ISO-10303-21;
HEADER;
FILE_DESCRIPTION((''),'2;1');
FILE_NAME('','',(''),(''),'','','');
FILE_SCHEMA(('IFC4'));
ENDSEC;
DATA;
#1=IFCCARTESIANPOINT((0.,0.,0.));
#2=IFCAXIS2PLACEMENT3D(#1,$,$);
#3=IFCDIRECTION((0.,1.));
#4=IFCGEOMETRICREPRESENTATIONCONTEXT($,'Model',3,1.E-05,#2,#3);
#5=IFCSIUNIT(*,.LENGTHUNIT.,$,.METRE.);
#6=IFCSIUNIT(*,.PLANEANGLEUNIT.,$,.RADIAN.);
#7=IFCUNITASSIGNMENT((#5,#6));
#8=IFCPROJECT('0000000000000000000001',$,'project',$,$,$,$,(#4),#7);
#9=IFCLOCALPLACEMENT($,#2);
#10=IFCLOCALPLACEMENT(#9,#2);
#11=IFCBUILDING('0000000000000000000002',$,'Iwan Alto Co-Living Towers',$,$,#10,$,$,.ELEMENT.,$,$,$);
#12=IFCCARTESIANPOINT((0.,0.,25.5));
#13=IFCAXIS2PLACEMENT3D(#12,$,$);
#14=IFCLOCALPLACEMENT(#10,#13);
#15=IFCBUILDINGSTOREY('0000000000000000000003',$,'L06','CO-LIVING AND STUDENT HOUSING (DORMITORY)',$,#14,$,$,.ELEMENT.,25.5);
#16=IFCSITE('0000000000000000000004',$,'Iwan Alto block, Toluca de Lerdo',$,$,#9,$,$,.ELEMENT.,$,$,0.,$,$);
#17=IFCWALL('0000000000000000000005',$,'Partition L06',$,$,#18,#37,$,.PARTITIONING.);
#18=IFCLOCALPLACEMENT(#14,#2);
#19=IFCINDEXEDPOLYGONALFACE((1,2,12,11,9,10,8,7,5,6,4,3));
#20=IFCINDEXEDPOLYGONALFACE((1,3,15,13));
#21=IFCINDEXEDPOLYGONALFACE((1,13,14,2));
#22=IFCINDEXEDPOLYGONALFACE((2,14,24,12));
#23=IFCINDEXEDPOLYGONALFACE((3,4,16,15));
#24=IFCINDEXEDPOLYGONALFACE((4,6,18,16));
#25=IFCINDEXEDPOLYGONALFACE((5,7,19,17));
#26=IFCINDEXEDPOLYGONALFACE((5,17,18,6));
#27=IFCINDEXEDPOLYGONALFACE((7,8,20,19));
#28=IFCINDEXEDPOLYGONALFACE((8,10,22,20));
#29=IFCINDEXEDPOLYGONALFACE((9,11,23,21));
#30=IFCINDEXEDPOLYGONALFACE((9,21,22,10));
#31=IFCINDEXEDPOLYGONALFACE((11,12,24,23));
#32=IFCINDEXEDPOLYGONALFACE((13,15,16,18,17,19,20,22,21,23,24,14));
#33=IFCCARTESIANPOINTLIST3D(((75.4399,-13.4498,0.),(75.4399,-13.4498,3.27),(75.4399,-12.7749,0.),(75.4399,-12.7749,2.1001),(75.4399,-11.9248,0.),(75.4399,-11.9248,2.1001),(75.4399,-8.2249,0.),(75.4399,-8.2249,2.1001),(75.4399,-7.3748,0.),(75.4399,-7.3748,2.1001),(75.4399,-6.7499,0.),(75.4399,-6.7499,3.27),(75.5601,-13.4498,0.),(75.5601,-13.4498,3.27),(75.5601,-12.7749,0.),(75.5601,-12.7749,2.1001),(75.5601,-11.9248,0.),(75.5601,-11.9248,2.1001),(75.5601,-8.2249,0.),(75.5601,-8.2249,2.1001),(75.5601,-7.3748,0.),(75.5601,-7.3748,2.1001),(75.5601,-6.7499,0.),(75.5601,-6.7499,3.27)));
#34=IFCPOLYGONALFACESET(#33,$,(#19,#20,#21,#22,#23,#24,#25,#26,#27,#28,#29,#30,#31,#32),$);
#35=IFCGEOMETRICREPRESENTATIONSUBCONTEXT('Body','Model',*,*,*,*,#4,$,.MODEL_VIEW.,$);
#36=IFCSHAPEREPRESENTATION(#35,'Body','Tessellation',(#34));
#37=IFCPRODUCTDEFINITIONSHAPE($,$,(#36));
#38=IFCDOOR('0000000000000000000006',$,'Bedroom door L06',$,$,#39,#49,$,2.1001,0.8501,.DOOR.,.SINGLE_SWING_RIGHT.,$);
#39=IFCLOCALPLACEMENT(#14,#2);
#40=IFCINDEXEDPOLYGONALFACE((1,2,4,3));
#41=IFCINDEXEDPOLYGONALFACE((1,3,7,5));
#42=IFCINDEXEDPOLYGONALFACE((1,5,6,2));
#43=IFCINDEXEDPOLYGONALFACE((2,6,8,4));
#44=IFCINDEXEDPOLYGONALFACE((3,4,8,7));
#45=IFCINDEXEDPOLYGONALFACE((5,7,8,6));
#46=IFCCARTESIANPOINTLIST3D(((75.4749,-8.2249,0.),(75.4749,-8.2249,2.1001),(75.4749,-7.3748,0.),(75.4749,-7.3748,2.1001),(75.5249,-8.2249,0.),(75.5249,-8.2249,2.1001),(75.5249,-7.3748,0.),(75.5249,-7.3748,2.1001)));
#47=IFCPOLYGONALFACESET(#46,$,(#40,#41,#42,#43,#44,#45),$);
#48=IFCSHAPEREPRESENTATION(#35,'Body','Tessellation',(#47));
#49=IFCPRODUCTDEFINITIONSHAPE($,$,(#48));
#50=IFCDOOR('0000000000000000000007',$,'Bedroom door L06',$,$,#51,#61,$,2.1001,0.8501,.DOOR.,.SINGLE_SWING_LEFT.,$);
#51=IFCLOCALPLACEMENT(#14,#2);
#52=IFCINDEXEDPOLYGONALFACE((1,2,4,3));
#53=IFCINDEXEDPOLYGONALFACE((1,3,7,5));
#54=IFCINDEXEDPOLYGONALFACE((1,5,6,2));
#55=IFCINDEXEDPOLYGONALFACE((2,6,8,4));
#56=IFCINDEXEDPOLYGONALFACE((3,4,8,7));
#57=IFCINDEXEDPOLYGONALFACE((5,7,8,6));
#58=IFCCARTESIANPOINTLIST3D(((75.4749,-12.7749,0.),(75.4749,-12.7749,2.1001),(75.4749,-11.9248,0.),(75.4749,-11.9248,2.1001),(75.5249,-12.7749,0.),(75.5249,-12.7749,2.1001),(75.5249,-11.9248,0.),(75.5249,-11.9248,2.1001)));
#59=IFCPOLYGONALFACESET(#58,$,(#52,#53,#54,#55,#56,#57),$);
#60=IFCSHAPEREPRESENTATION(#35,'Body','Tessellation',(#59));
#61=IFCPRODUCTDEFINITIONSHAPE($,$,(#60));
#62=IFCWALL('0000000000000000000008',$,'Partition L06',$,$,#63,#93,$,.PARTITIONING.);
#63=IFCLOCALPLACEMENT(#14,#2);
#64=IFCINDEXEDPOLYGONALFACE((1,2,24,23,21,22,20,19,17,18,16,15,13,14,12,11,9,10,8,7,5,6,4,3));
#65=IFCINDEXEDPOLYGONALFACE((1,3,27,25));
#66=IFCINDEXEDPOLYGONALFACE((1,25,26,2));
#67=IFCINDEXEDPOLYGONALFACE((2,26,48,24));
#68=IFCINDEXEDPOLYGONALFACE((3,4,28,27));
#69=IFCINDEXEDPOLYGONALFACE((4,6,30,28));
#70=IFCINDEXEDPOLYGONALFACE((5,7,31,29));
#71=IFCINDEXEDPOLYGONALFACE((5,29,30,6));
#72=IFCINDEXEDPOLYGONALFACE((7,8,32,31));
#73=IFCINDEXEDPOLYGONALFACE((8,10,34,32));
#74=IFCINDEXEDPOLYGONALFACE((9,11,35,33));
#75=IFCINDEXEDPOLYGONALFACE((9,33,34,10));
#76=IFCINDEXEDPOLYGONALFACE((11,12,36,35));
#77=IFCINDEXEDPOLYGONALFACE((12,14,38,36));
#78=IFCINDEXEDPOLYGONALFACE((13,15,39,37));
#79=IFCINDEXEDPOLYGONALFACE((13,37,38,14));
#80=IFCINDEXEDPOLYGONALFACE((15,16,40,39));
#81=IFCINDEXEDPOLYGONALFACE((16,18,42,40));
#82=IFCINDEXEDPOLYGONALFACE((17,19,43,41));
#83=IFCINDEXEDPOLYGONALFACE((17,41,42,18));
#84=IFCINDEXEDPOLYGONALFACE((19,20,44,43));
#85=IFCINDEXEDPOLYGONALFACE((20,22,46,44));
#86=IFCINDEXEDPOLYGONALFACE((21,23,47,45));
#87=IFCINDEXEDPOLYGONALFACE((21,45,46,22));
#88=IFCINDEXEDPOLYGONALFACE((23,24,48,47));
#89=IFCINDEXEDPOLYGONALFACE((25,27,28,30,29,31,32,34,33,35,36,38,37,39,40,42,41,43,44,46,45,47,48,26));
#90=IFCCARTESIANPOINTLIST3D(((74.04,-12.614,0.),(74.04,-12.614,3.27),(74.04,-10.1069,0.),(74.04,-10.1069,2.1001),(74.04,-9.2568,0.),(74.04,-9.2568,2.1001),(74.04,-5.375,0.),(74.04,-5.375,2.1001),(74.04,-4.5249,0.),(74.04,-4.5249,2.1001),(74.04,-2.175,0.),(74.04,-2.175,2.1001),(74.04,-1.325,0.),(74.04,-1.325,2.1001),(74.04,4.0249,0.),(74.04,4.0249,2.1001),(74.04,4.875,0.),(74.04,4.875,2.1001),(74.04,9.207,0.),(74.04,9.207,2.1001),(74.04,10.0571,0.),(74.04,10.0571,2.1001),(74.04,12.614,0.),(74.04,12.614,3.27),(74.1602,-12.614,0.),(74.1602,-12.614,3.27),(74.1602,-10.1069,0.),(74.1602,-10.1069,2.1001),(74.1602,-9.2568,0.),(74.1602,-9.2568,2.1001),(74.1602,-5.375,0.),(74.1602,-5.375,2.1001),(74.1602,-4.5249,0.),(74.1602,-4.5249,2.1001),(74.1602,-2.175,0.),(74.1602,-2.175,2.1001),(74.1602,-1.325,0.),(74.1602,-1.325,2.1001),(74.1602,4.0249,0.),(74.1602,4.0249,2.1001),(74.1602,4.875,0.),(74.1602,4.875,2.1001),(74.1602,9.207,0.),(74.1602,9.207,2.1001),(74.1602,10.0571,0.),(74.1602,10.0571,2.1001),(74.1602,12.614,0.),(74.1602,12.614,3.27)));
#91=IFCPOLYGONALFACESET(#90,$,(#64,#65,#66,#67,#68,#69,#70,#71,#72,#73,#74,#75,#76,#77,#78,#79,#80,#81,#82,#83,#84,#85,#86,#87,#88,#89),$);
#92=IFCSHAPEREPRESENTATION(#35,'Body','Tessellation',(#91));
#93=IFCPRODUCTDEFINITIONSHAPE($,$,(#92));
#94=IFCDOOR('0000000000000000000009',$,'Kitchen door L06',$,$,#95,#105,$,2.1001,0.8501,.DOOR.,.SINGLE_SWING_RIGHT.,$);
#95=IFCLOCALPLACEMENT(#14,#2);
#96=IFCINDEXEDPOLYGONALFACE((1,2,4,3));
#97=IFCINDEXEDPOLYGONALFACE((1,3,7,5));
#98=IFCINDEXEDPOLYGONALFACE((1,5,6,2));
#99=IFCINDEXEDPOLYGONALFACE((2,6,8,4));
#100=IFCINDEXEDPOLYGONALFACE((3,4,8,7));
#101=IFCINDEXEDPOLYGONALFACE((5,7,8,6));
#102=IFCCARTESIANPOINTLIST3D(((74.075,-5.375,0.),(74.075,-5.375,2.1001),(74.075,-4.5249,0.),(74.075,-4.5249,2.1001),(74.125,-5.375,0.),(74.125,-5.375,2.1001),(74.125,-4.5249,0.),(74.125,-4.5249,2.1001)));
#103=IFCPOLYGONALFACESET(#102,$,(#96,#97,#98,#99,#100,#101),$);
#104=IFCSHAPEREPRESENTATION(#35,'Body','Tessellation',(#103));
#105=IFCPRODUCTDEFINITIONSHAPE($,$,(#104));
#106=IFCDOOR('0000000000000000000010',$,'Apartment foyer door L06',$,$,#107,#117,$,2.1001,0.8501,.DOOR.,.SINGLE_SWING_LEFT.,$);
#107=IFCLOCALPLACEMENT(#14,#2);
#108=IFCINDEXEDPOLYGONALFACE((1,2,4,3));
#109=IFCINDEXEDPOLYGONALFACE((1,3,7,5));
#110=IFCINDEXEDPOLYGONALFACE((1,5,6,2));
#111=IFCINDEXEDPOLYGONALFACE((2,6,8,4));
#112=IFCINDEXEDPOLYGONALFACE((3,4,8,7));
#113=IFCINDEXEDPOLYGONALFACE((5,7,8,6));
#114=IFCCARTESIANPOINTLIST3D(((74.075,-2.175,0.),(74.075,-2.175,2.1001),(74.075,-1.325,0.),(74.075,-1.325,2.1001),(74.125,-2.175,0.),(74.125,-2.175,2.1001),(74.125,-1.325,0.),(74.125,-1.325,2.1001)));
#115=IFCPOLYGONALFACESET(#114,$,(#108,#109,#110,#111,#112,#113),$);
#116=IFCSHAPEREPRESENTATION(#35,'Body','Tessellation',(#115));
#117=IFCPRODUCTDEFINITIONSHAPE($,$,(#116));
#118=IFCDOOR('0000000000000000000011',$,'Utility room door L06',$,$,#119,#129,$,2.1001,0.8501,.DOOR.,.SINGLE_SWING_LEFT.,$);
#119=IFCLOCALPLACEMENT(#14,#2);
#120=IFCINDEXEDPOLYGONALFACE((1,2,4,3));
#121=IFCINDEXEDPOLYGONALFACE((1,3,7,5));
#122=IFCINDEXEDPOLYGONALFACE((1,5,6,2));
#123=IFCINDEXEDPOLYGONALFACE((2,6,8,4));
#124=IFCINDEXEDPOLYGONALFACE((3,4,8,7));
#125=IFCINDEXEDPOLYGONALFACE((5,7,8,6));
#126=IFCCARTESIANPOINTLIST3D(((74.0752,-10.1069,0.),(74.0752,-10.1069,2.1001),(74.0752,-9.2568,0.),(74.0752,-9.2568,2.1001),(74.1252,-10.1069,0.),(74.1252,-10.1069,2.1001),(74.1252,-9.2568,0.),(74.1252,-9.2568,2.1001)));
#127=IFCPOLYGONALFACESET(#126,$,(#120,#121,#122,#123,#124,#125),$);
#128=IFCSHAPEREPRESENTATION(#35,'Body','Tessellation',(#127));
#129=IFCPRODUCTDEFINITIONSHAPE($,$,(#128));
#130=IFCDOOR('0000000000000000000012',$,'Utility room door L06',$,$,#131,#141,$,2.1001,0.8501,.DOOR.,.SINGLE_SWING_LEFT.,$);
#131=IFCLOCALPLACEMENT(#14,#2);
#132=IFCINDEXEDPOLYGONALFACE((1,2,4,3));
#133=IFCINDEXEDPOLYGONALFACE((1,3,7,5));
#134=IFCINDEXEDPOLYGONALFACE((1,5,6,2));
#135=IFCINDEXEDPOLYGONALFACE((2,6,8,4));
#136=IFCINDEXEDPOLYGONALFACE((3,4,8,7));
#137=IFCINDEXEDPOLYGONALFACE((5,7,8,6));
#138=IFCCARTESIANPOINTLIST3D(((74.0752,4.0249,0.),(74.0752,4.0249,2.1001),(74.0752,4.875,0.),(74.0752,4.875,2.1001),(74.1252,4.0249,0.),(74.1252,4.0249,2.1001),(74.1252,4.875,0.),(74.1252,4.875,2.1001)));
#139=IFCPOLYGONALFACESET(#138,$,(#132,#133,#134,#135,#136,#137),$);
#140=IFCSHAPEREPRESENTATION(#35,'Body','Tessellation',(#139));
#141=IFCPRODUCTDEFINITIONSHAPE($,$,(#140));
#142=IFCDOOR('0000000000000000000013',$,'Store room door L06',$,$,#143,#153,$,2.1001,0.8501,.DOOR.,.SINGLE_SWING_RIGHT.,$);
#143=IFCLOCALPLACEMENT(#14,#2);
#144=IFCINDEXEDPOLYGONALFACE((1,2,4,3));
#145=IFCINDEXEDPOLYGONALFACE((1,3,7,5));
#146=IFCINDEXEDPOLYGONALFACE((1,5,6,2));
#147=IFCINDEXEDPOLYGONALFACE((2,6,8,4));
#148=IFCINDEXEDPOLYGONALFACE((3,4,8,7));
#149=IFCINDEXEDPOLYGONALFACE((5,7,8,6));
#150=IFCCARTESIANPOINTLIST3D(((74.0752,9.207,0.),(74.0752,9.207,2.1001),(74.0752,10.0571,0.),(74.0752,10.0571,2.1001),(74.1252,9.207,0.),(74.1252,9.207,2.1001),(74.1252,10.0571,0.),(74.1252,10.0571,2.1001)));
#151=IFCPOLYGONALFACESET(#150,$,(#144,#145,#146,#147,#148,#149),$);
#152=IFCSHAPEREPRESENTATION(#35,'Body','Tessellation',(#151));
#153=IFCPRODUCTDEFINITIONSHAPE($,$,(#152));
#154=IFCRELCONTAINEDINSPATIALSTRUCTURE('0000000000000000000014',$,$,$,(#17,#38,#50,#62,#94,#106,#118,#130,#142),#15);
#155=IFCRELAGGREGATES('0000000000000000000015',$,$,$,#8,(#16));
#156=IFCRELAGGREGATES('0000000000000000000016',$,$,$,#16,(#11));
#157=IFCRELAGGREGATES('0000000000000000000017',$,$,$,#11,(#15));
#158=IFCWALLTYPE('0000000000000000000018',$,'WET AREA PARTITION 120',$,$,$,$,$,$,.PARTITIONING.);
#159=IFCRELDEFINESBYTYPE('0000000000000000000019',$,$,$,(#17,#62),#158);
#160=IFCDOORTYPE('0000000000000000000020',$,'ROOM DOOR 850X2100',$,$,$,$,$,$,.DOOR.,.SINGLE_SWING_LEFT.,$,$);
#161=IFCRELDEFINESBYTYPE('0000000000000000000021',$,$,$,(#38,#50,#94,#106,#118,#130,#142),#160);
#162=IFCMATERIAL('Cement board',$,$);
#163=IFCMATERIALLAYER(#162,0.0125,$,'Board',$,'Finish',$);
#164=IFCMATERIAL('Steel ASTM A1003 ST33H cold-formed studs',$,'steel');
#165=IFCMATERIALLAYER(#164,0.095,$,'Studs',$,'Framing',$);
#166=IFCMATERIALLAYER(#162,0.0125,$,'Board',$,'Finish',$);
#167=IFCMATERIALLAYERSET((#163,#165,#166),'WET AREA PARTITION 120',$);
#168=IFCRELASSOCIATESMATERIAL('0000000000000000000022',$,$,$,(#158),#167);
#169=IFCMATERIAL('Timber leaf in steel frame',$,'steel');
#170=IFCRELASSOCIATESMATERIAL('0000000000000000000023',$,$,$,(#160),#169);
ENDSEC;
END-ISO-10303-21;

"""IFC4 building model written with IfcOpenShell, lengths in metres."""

from ifc_helpers import new_model, si_unit, direction, frame, frame_2d, origin, place, context, subcontext, project, spatial, rectangle, extrude, material, layer, layer_set, type_object, element, fill, save


model = new_model("IFC4")

# Units and contexts
model_context = context("Model", 3, precision=1e-05, world=origin(), true_north=direction((0.0, 1.0)))
body_context = subcontext(model_context, "Body", "Model", "MODEL_VIEW")
ifc_project = project(units=[si_unit("LENGTHUNIT", "METRE"), si_unit("PLANEANGLEUNIT", "RADIAN")], contexts=[model_context])

# Site, building, storey
site_placement = place(None, origin())
site = spatial("IfcSite", under=ifc_project, at=site_placement, Name="Iwan Alto block, Toluca de Lerdo", CompositionType="ELEMENT", RefElevation=0.0)
building_placement = place(site_placement, origin())
building = spatial("IfcBuilding", under=site, at=building_placement, Name="Iwan Alto Co-Living Towers", CompositionType="ELEMENT")
storey_placement = place(building_placement, frame((0.0, 0.0, 25.5)))
storey = spatial("IfcBuildingStorey", under=building, at=storey_placement, Name="L06", Description="CO-LIVING AND STUDENT HOUSING (DORMITORY)", CompositionType="ELEMENT", Elevation=25.5)

# Shared definitions
ifc_material_1 = material(Name="Steel ASTM A1003 ST33H cold-formed studs", Category="steel")
ifc_material_2 = material(Name="Cement board")
ifc_layer_1 = layer(ifc_material_2, 0.0125, Name="Board", Category="Finish")
ifc_layer_2 = layer(ifc_material_1, 0.095, Name="Studs", Category="Framing")
ifc_layer_3 = layer(ifc_material_2, 0.0125, Name="Board", Category="Finish")
ifc_layer_set_1 = layer_set([ifc_layer_1, ifc_layer_2, ifc_layer_3], Name="WET AREA PARTITION 120")
wall_type_1 = type_object("IfcWallType", Name="WET AREA PARTITION 120", PredefinedType="PARTITIONING", material=ifc_layer_set_1)

# Shared definitions
ifc_material_3 = material(Name="Timber leaf in steel frame", Category="steel")
door_type = type_object("IfcDoorType", Name="ROOM DOOR 850X2100", OperationType="SINGLE_SWING_LEFT", PredefinedType="DOOR", material=ifc_material_3)

# Walls, openings, doors
wall_1_placement = place(storey_placement, frame((75.5, -13.45, 0.0), z_axis=(0.0, 0.0, 1.0), x_axis=(0.0, 1.0, 0.0)))
wall_1 = element("IfcWall", 1, at=wall_1_placement, inside=storey, type_object=wall_type_1, Name="Partition L06", PredefinedType="PARTITIONING", context=body_context, shape_type="SweptSolid", body=[
    extrude(rectangle(XDim=6.7, YDim=0.1201, at=frame_2d((3.3501, 0.0))), origin(), (0.0, 0.0, 1.0), 3.27),
])
opening_1_placement = place(wall_1_placement, frame((5.2251, 0.0, 0.0)))
opening_1 = element("IfcOpeningElement", 2, at=opening_1_placement, cuts=wall_1, PredefinedType="OPENING", context=body_context, shape_type="SweptSolid", body=[
    extrude(rectangle(XDim=0.8501, YDim=2.1001, at=frame_2d((0.425, 1.05))), frame((0.0, 0.0701, 0.0), z_axis=(0.0, -1.0, 0.0), x_axis=(1.0, 0.0, 0.0)), (0.0, 0.0, 1.0), 0.1401),
])
opening_2_placement = place(wall_1_placement, frame((0.675, 0.0, 0.0)))
opening_2 = element("IfcOpeningElement", 3, at=opening_2_placement, cuts=wall_1, PredefinedType="OPENING", context=body_context, shape_type="SweptSolid", body=[
    extrude(rectangle(XDim=0.8501, YDim=2.1001, at=frame_2d((0.425, 1.05))), frame((0.0, 0.0701, 0.0), z_axis=(0.0, -1.0, 0.0), x_axis=(1.0, 0.0, 0.0)), (0.0, 0.0, 1.0), 0.1401),
])
door_1_placement = place(opening_1_placement, frame((0.8501, 0.0, 0.0), z_axis=(0.0, 0.0, 1.0), x_axis=(-1.0, 0.0, 0.0)))
door_1 = element("IfcDoor", 4, at=door_1_placement, inside=storey, type_object=door_type, Name="Bedroom door L06", OperationType="SINGLE_SWING_RIGHT", OverallHeight=2.1001, OverallWidth=0.8501, PredefinedType="DOOR", context=body_context, shape_type="SweptSolid", body=[
    extrude(rectangle(XDim=0.8501, YDim=2.1001, at=frame_2d((0.425, 1.05))), frame((0.0, 0.0249, 0.0), z_axis=(0.0, -1.0, 0.0), x_axis=(1.0, 0.0, 0.0)), (0.0, 0.0, 1.0), 0.05),
])
fill(opening_1, door_1)
door_2_placement = place(opening_2_placement, frame((0.8501, 0.0, 0.0), z_axis=(0.0, 0.0, 1.0), x_axis=(-1.0, 0.0, 0.0)))
door_2 = element("IfcDoor", 5, at=door_2_placement, inside=storey, type_object=door_type, Name="Bedroom door L06", OperationType="SINGLE_SWING_LEFT", OverallHeight=2.1001, OverallWidth=0.8501, PredefinedType="DOOR", context=body_context, shape_type="SweptSolid", body=[
    extrude(rectangle(XDim=0.8501, YDim=2.1001, at=frame_2d((0.425, 1.05))), frame((0.0, 0.0249, 0.0), z_axis=(0.0, -1.0, 0.0), x_axis=(1.0, 0.0, 0.0)), (0.0, 0.0, 1.0), 0.05),
])
fill(opening_2, door_2)
wall_2_placement = place(storey_placement, frame((74.1001, -12.614, 0.0), z_axis=(0.0, 0.0, 1.0), x_axis=(0.0, 1.0, 0.0)))
wall_2 = element("IfcWall", 6, at=wall_2_placement, inside=storey, type_object=wall_type_1, Name="Partition L06", PredefinedType="PARTITIONING", context=body_context, shape_type="SweptSolid", body=[
    extrude(rectangle(XDim=25.228, YDim=0.1201, at=frame_2d((12.614, 0.0))), origin(), (0.0, 0.0, 1.0), 3.27),
])
opening_3_placement = place(wall_2_placement, frame((7.239, 0.0, 0.0)))
opening_3 = element("IfcOpeningElement", 7, at=opening_3_placement, cuts=wall_2, PredefinedType="OPENING", context=body_context, shape_type="SweptSolid", body=[
    extrude(rectangle(XDim=0.8501, YDim=2.1001, at=frame_2d((0.425, 1.05))), frame((0.0, 0.0701, 0.0), z_axis=(0.0, -1.0, 0.0), x_axis=(1.0, 0.0, 0.0)), (0.0, 0.0, 1.0), 0.1401),
])
opening_4_placement = place(wall_2_placement, frame((10.439, 0.0, 0.0)))
opening_4 = element("IfcOpeningElement", 8, at=opening_4_placement, cuts=wall_2, PredefinedType="OPENING", context=body_context, shape_type="SweptSolid", body=[
    extrude(rectangle(XDim=0.8501, YDim=2.1001, at=frame_2d((0.425, 1.05))), frame((0.0, 0.0701, 0.0), z_axis=(0.0, -1.0, 0.0), x_axis=(1.0, 0.0, 0.0)), (0.0, 0.0, 1.0), 0.1401),
])
opening_5_placement = place(wall_2_placement, frame((2.5071, 0.0, 0.0)))
opening_5 = element("IfcOpeningElement", 9, at=opening_5_placement, cuts=wall_2, PredefinedType="OPENING", context=body_context, shape_type="SweptSolid", body=[
    extrude(rectangle(XDim=0.8501, YDim=2.1001, at=frame_2d((0.425, 1.05))), frame((0.0, 0.0701, 0.0), z_axis=(0.0, -1.0, 0.0), x_axis=(1.0, 0.0, 0.0)), (0.0, 0.0, 1.0), 0.1401),
])
opening_6_placement = place(wall_2_placement, frame((16.6389, 0.0, 0.0)))
opening_6 = element("IfcOpeningElement", 10, at=opening_6_placement, cuts=wall_2, PredefinedType="OPENING", context=body_context, shape_type="SweptSolid", body=[
    extrude(rectangle(XDim=0.8501, YDim=2.1001, at=frame_2d((0.425, 1.05))), frame((0.0, 0.0701, 0.0), z_axis=(0.0, -1.0, 0.0), x_axis=(1.0, 0.0, 0.0)), (0.0, 0.0, 1.0), 0.1401),
])
opening_7_placement = place(wall_2_placement, frame((21.821, 0.0, 0.0)))
opening_7 = element("IfcOpeningElement", 11, at=opening_7_placement, cuts=wall_2, PredefinedType="OPENING", context=body_context, shape_type="SweptSolid", body=[
    extrude(rectangle(XDim=0.8501, YDim=2.1001, at=frame_2d((0.425, 1.05))), frame((0.0, 0.0701, 0.0), z_axis=(0.0, -1.0, 0.0), x_axis=(1.0, 0.0, 0.0)), (0.0, 0.0, 1.0), 0.1401),
])
door_3_placement = place(opening_3_placement, frame((0.8501, 0.0, 0.0), z_axis=(0.0, 0.0, 1.0), x_axis=(-1.0, 0.0, 0.0)))
door_3 = element("IfcDoor", 12, at=door_3_placement, inside=storey, type_object=door_type, Name="Kitchen door L06", OperationType="SINGLE_SWING_RIGHT", OverallHeight=2.1001, OverallWidth=0.8501, PredefinedType="DOOR", context=body_context, shape_type="SweptSolid", body=[
    extrude(rectangle(XDim=0.8501, YDim=2.1001, at=frame_2d((0.425, 1.05))), frame((0.0, 0.0249, 0.0), z_axis=(0.0, -1.0, 0.0), x_axis=(1.0, 0.0, 0.0)), (0.0, 0.0, 1.0), 0.05),
])
fill(opening_3, door_3)
door_4_placement = place(opening_4_placement, frame((0.8501, 0.0, 0.0), z_axis=(0.0, 0.0, 1.0), x_axis=(-1.0, 0.0, 0.0)))
door_4 = element("IfcDoor", 13, at=door_4_placement, inside=storey, type_object=door_type, Name="Apartment foyer door L06", OperationType="SINGLE_SWING_LEFT", OverallHeight=2.1001, OverallWidth=0.8501, PredefinedType="DOOR", context=body_context, shape_type="SweptSolid", body=[
    extrude(rectangle(XDim=0.8501, YDim=2.1001, at=frame_2d((0.425, 1.05))), frame((0.0, 0.0249, 0.0), z_axis=(0.0, -1.0, 0.0), x_axis=(1.0, 0.0, 0.0)), (0.0, 0.0, 1.0), 0.05),
])
fill(opening_4, door_4)
door_5_placement = place(opening_5_placement, origin())
door_5 = element("IfcDoor", 14, at=door_5_placement, inside=storey, type_object=door_type, Name="Utility room door L06", OperationType="SINGLE_SWING_LEFT", OverallHeight=2.1001, OverallWidth=0.8501, PredefinedType="DOOR", context=body_context, shape_type="SweptSolid", body=[
    extrude(rectangle(XDim=0.8501, YDim=2.1001, at=frame_2d((0.425, 1.05))), frame((0.0, 0.0249, 0.0), z_axis=(0.0, -1.0, 0.0), x_axis=(1.0, 0.0, 0.0)), (0.0, 0.0, 1.0), 0.05),
])
fill(opening_5, door_5)
door_6_placement = place(opening_6_placement, origin())
door_6 = element("IfcDoor", 15, at=door_6_placement, inside=storey, type_object=door_type, Name="Utility room door L06", OperationType="SINGLE_SWING_LEFT", OverallHeight=2.1001, OverallWidth=0.8501, PredefinedType="DOOR", context=body_context, shape_type="SweptSolid", body=[
    extrude(rectangle(XDim=0.8501, YDim=2.1001, at=frame_2d((0.425, 1.05))), frame((0.0, 0.0249, 0.0), z_axis=(0.0, -1.0, 0.0), x_axis=(1.0, 0.0, 0.0)), (0.0, 0.0, 1.0), 0.05),
])
fill(opening_6, door_6)
door_7_placement = place(opening_7_placement, origin())
door_7 = element("IfcDoor", 16, at=door_7_placement, inside=storey, type_object=door_type, Name="Store room door L06", OperationType="SINGLE_SWING_RIGHT", OverallHeight=2.1001, OverallWidth=0.8501, PredefinedType="DOOR", context=body_context, shape_type="SweptSolid", body=[
    extrude(rectangle(XDim=0.8501, YDim=2.1001, at=frame_2d((0.425, 1.05))), frame((0.0, 0.0249, 0.0), z_axis=(0.0, -1.0, 0.0), x_axis=(1.0, 0.0, 0.0)), (0.0, 0.0, 1.0), 0.05),
])
fill(opening_7, door_7)

save(model, "model.ifc")
